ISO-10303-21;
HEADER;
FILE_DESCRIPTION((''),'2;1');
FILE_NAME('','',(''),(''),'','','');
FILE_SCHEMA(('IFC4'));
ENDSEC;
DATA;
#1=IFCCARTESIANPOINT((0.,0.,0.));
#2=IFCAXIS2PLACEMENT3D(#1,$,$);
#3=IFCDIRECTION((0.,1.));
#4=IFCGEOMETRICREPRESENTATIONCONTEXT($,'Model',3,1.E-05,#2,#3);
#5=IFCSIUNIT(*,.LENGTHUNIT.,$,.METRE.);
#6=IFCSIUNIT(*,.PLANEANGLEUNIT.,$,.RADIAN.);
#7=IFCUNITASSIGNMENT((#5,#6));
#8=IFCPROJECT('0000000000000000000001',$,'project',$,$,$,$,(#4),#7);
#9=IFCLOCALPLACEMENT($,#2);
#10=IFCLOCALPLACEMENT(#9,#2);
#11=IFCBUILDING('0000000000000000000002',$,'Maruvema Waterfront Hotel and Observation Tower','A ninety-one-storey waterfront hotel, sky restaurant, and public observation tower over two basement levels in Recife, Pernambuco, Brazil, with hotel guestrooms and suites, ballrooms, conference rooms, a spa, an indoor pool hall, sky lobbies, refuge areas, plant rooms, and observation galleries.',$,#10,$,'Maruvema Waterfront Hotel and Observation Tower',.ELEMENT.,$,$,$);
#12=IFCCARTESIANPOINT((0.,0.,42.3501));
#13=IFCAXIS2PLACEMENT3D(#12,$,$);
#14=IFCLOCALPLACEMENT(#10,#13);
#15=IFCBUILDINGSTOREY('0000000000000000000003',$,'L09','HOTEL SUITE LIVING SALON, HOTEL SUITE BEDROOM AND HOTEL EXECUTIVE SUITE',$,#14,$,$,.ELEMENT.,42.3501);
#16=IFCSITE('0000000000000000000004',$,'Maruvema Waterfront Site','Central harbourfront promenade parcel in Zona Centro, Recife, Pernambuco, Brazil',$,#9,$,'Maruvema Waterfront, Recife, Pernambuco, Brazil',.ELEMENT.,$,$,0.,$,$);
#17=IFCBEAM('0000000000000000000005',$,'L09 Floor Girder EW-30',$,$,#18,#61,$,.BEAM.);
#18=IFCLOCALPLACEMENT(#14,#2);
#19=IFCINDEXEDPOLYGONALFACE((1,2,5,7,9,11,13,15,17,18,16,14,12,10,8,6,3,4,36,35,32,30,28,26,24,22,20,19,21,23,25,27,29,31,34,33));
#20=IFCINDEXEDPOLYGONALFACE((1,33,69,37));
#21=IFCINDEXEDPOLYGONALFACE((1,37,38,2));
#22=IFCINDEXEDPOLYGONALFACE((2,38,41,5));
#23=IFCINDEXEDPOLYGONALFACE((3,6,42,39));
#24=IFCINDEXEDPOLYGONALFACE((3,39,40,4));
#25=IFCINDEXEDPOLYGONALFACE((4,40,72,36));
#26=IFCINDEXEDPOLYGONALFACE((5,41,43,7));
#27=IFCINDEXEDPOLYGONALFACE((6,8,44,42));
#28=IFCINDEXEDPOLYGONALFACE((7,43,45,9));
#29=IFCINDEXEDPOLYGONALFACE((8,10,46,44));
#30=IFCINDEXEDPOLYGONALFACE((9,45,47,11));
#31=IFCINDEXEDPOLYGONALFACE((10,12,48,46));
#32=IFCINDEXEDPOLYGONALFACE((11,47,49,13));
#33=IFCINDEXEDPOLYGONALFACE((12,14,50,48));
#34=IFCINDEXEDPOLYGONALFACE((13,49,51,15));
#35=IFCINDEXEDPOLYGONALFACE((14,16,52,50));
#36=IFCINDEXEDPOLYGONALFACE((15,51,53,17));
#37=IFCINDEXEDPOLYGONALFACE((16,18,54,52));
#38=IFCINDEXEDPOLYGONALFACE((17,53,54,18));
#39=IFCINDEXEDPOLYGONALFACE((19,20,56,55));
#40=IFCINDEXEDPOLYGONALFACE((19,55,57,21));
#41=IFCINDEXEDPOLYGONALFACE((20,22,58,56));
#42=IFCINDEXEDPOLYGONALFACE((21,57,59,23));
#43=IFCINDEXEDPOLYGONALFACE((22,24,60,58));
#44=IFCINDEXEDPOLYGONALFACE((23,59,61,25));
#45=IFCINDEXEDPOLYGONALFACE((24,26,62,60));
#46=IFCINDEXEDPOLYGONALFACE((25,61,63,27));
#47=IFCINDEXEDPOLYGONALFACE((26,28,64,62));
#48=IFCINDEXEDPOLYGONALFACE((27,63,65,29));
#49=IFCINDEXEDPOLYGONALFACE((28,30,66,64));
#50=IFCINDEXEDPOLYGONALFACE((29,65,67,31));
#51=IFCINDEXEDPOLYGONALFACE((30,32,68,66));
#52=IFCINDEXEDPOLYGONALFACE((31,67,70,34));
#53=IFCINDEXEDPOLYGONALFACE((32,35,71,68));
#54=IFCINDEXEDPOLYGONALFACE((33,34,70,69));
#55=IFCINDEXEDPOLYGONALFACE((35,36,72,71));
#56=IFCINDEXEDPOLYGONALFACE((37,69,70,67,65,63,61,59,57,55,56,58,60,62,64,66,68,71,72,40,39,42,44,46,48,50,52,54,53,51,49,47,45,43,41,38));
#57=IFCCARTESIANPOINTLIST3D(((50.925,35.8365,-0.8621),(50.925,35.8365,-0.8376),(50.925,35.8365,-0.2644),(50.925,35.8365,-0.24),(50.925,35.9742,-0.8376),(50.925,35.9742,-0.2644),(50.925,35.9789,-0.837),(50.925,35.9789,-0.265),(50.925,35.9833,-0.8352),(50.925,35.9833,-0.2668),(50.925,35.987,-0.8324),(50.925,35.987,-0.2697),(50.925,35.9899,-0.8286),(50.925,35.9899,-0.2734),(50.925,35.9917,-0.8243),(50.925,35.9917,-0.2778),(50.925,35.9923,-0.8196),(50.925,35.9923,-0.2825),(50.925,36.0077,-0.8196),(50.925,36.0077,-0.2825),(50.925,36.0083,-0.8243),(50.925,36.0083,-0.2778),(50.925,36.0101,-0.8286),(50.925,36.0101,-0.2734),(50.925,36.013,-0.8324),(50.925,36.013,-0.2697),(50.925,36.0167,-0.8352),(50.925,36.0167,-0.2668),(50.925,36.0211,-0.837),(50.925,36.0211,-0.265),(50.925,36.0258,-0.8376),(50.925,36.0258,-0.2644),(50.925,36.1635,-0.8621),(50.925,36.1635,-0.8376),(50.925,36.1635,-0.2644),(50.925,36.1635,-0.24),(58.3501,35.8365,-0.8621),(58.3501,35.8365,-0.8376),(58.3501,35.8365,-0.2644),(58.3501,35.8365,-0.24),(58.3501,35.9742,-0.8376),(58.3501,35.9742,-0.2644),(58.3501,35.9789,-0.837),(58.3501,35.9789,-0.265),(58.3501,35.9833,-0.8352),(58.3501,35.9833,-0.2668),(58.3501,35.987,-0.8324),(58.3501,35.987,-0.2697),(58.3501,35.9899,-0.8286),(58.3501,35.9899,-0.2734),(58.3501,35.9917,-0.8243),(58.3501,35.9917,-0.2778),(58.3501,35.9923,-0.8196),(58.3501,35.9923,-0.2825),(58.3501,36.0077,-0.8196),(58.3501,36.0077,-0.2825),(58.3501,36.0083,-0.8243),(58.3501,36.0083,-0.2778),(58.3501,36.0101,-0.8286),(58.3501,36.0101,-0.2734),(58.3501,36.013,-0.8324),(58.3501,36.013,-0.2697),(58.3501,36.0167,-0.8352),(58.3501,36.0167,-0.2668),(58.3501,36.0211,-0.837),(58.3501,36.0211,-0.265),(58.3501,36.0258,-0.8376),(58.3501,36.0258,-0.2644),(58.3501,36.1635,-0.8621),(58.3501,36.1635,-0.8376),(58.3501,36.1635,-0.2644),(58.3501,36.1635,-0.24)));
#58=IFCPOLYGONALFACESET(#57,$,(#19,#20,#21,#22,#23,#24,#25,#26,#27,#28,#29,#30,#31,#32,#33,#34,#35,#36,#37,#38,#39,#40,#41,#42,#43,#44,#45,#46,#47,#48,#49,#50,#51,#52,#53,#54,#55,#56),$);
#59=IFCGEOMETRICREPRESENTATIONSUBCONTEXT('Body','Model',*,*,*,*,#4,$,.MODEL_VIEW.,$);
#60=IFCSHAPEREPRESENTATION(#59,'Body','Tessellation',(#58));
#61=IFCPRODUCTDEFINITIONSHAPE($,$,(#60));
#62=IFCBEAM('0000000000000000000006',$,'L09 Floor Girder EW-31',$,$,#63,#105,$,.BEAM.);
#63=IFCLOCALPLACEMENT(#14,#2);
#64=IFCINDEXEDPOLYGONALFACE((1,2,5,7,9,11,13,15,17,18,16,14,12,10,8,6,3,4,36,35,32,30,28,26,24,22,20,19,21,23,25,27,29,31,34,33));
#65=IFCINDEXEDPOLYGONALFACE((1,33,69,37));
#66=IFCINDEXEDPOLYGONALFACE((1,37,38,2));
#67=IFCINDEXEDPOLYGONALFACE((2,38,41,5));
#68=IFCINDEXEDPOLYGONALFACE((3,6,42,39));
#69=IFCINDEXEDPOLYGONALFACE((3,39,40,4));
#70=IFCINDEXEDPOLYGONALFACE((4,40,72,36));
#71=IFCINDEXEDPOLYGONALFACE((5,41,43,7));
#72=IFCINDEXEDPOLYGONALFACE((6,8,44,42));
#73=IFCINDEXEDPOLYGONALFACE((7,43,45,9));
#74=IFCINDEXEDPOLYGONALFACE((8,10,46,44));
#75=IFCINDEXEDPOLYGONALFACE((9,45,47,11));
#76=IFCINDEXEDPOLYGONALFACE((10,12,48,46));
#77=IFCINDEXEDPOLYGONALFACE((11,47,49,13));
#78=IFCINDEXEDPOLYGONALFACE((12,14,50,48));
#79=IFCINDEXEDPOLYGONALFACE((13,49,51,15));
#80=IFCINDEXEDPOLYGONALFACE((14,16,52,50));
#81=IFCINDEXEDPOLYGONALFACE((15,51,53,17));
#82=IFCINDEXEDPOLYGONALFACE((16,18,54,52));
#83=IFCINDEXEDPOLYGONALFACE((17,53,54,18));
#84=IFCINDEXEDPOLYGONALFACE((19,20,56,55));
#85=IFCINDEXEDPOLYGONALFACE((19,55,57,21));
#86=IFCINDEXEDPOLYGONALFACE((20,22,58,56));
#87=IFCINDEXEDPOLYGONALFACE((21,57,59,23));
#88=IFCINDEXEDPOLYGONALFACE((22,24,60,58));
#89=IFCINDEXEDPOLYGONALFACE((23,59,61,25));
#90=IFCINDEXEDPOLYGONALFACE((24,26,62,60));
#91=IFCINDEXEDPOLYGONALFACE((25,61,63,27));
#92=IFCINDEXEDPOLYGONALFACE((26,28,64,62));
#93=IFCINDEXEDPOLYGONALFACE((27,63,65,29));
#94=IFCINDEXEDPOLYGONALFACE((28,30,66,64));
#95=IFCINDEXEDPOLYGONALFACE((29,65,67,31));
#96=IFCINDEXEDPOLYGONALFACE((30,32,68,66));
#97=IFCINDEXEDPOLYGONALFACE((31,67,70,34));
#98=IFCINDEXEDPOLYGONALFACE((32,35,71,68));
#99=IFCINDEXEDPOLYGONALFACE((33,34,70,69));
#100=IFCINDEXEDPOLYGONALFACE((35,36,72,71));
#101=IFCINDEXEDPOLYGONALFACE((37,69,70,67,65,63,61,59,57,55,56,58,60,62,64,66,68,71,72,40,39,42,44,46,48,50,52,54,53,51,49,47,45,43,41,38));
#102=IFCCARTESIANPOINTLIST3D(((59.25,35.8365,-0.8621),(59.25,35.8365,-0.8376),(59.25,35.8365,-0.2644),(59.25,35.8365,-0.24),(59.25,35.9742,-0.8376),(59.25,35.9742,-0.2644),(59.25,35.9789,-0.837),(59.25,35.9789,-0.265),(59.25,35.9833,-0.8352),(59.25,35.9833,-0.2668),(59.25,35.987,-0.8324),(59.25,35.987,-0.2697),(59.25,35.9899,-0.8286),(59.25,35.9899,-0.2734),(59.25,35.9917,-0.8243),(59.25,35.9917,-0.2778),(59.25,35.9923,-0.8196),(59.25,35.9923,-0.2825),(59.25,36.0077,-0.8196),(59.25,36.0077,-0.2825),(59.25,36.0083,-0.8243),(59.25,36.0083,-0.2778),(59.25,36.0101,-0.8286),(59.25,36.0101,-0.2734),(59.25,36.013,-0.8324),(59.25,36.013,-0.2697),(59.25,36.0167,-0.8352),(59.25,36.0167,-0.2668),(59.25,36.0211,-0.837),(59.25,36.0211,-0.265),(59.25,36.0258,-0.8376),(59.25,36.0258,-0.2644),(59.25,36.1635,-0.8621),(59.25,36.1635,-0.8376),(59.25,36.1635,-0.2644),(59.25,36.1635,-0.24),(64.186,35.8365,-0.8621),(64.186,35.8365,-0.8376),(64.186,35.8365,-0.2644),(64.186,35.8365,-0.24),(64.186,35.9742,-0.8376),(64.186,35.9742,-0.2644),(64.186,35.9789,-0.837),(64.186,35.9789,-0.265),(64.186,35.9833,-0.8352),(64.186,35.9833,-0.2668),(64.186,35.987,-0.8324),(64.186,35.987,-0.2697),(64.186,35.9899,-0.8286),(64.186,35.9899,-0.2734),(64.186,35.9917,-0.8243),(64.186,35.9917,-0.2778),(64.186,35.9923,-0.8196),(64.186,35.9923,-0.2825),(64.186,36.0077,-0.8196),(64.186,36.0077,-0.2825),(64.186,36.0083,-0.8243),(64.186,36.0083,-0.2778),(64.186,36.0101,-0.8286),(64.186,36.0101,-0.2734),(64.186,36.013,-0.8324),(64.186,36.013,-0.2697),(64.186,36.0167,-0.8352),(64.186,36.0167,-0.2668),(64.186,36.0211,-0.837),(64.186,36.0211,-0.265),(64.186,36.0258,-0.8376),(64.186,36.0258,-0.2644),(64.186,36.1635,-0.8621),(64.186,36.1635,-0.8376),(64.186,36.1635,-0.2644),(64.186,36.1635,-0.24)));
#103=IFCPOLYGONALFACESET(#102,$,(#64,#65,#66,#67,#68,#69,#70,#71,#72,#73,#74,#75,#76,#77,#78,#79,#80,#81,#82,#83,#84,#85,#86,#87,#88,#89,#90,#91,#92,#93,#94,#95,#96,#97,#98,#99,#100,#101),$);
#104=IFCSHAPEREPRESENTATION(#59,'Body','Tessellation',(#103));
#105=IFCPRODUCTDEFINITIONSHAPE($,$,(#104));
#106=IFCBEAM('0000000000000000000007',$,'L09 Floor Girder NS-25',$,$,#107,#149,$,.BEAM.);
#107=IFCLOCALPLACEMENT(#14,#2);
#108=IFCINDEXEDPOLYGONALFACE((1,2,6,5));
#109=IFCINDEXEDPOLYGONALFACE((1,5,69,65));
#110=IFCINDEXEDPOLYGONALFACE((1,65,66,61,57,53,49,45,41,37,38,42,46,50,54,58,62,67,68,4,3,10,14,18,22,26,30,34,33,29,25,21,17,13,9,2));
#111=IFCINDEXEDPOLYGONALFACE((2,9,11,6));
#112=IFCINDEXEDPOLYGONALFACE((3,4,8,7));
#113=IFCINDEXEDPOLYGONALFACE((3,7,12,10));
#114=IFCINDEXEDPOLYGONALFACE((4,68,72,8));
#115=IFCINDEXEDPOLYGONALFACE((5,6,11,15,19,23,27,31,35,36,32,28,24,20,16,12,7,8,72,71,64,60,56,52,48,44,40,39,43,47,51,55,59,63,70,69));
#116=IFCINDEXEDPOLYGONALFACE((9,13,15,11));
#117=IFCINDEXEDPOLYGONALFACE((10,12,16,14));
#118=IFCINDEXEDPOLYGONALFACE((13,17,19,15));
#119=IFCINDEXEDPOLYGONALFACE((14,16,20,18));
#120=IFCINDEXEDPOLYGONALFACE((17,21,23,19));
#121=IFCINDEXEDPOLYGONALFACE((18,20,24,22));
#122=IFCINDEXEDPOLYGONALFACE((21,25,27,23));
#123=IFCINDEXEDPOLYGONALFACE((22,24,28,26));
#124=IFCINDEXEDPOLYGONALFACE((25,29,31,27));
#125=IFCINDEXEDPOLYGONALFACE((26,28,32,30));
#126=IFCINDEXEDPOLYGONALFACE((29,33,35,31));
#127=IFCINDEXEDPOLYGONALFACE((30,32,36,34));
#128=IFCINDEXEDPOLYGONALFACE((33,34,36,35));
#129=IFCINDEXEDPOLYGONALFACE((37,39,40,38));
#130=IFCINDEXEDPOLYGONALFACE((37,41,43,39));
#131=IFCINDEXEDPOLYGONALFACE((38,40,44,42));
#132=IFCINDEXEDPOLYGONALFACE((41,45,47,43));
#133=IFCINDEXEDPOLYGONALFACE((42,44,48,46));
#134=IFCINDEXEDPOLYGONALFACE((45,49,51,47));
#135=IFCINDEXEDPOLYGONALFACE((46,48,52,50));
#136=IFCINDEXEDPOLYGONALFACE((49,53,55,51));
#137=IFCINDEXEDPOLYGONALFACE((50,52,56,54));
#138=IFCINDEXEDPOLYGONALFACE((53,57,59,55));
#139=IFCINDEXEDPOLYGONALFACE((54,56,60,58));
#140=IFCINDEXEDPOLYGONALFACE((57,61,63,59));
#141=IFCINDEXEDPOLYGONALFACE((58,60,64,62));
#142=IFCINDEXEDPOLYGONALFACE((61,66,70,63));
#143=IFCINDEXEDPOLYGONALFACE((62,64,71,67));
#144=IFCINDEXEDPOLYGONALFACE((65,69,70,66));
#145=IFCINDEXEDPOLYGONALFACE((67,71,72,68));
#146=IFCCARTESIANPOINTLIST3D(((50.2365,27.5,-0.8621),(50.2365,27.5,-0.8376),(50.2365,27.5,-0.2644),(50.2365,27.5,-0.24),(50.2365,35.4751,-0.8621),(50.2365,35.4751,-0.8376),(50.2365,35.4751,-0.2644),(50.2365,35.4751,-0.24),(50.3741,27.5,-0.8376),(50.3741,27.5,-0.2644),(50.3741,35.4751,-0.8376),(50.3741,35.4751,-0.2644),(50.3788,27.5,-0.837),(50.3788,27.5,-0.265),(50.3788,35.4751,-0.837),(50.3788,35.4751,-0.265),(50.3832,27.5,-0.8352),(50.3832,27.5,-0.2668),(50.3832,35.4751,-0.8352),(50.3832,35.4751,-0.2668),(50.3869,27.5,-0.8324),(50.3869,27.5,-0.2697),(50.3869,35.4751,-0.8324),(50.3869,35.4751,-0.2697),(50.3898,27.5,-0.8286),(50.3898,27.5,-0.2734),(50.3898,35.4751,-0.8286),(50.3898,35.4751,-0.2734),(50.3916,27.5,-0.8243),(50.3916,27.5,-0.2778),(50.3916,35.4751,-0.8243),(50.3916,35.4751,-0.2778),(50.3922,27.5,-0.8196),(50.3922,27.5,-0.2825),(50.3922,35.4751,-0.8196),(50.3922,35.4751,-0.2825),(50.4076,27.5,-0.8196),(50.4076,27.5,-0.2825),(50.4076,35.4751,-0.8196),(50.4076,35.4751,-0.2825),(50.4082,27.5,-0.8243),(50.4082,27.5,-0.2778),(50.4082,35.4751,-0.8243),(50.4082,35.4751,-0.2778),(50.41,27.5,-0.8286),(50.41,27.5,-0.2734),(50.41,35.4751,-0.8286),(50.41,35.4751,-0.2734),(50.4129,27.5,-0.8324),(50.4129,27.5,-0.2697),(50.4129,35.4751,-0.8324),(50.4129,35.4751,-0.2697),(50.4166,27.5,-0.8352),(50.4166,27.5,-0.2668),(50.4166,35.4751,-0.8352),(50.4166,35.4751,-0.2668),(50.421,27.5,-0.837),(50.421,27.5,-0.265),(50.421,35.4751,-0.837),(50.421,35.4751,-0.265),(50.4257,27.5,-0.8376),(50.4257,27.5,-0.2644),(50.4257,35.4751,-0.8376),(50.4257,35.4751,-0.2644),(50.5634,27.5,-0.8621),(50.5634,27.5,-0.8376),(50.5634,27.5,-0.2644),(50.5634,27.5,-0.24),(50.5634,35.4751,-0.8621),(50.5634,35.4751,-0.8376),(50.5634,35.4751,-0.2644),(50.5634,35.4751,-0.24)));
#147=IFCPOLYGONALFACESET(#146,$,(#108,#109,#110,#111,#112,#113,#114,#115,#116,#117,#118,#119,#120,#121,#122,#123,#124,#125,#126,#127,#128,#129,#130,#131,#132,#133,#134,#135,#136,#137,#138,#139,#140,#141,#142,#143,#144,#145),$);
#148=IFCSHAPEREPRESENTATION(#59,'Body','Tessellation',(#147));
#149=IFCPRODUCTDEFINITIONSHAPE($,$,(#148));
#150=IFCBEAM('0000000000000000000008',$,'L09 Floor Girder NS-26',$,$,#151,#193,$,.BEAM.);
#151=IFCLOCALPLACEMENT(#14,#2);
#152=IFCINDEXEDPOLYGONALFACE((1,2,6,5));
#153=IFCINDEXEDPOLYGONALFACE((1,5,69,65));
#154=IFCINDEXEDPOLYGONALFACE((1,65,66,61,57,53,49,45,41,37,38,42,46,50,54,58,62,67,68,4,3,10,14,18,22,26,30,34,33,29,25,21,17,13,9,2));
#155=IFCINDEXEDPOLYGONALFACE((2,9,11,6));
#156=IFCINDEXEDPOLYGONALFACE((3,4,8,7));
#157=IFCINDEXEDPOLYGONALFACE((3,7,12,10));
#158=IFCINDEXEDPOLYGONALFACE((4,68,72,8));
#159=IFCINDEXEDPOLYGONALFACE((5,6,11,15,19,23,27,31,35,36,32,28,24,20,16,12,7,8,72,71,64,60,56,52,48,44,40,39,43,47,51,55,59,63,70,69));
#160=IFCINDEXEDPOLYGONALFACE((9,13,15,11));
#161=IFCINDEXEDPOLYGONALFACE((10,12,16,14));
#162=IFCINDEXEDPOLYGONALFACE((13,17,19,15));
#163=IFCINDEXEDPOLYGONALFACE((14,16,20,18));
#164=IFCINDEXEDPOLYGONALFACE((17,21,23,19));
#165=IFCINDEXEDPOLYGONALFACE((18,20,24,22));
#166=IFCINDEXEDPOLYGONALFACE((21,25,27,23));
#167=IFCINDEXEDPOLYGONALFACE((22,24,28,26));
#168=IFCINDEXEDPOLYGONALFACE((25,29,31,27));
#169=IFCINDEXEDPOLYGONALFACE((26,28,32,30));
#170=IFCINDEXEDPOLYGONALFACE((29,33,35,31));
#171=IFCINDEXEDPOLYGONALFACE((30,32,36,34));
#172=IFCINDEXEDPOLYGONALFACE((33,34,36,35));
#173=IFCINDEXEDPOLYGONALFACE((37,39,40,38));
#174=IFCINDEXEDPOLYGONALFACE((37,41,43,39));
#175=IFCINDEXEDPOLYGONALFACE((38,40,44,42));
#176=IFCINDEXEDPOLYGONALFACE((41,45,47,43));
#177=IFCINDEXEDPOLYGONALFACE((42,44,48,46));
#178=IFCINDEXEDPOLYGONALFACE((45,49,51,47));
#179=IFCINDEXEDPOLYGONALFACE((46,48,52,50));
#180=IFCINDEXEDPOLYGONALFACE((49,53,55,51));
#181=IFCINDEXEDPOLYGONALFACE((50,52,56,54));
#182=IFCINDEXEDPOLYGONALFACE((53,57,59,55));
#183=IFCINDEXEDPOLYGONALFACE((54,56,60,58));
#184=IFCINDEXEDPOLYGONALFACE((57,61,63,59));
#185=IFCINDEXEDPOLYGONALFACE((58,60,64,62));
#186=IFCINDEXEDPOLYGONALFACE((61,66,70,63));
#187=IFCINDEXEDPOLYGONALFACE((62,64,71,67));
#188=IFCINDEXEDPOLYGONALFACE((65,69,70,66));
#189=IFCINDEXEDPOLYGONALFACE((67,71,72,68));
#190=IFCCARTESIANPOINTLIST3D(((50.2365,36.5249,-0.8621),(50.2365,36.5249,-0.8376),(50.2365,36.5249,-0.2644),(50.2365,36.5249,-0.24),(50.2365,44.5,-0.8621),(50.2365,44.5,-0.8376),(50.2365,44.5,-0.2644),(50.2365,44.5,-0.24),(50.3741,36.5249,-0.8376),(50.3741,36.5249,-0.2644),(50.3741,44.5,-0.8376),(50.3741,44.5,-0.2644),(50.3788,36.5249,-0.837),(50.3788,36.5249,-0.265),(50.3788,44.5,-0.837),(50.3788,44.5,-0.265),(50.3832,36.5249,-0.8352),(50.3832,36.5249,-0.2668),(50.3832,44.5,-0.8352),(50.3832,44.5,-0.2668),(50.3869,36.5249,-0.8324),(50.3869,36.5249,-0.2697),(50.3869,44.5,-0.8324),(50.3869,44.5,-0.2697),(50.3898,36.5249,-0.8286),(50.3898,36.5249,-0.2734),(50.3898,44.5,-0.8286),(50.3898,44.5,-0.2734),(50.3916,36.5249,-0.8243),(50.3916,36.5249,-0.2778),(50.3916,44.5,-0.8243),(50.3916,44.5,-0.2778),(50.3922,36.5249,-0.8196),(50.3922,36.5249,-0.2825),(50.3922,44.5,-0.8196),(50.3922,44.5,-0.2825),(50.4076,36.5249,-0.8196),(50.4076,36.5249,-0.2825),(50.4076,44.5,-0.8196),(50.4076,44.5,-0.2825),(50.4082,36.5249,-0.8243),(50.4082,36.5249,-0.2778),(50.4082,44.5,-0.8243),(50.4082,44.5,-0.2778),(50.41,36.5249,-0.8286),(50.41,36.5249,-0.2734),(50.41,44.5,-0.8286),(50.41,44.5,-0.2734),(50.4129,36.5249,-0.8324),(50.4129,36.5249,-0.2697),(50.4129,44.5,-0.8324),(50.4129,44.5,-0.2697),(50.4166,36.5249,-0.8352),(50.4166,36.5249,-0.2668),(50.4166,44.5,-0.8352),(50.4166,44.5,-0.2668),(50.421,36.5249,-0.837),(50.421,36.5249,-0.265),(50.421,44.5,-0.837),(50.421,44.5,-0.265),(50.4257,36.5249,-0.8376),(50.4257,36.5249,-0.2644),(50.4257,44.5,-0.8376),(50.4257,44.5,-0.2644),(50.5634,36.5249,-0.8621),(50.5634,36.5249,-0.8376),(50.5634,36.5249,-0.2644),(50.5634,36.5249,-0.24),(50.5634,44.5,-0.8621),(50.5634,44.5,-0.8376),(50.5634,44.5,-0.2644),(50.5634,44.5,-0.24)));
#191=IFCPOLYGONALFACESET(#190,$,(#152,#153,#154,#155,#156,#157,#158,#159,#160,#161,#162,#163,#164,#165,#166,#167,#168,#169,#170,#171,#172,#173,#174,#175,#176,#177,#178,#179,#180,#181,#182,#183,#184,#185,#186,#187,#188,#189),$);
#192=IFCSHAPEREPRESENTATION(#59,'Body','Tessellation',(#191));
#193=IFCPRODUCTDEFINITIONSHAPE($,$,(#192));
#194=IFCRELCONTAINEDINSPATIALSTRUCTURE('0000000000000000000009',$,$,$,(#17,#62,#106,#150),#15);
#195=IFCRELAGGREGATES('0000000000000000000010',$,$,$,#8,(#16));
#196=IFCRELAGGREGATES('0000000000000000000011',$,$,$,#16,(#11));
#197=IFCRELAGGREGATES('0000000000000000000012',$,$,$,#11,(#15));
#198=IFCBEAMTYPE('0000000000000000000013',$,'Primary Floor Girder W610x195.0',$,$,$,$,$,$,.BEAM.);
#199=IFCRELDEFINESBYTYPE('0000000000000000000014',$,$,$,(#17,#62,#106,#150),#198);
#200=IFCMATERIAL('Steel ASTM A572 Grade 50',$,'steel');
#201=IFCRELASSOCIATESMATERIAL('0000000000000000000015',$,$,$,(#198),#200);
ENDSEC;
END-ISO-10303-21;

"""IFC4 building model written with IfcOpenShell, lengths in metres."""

from ifc_helpers import new_model, si_unit, direction, frame, origin, origin_2d, place, context, subcontext, project, spatial, i_section, extrude, material, material_profile, profile_set, type_object, element, save


model = new_model("IFC4")

# Units and contexts
model_context = context("Model", 3, precision=1e-05, world=origin(), true_north=direction((0.0, 1.0)))
body_context = subcontext(model_context, "Body", "Model", "MODEL_VIEW")
ifc_project = project(units=[si_unit("LENGTHUNIT", "METRE"), si_unit("PLANEANGLEUNIT", "RADIAN")], contexts=[model_context])

# Site, building, storey
site_placement = place(None, origin())
site = spatial("IfcSite", under=ifc_project, at=site_placement, Name="Maruvema Waterfront Site", Description="Central harbourfront promenade parcel in Zona Centro, Recife, Pernambuco, Brazil", LongName="Maruvema Waterfront, Recife, Pernambuco, Brazil", CompositionType="ELEMENT", RefElevation=0.0)
building_placement = place(site_placement, origin())
building = spatial("IfcBuilding", under=site, at=building_placement, Name="Maruvema Waterfront Hotel and Observation Tower", Description="A ninety-one-storey waterfront hotel, sky restaurant, and public observation tower over two basement levels in Recife, Pernambuco, Brazil, with hotel guestrooms and suites, ballrooms, conference rooms, a spa, an indoor pool hall, sky lobbies, refuge areas, plant rooms, and observation galleries.", LongName="Maruvema Waterfront Hotel and Observation Tower", CompositionType="ELEMENT")
storey_placement = place(building_placement, frame((0.0, 0.0, 42.3501)))
storey = spatial("IfcBuildingStorey", under=building, at=storey_placement, Name="L09", Description="HOTEL SUITE LIVING SALON, HOTEL SUITE BEDROOM AND HOTEL EXECUTIVE SUITE", CompositionType="ELEMENT", Elevation=42.3501)

# Beams
ifc_material_1 = material(Name="Steel ASTM A572 Grade 50", Category="steel")
ifc_material_profile_1 = material_profile(ifc_material_1, i_section(OverallWidth=0.3269, OverallDepth=0.6221, WebThickness=0.0154, FlangeThickness=0.0244, FilletRadius=0.0181, at=origin_2d()), Name="W610x195.0")
ifc_profile_set_1 = profile_set([ifc_material_profile_1], Name="Steel ASTM A572 Grade 50")
beam_type_1 = type_object("IfcBeamType", Name="Primary Floor Girder W610x195.0", PredefinedType="BEAM", material=ifc_profile_set_1)
beam_1_placement = place(storey_placement, frame((50.925, 36.0, -0.551), z_axis=(1.0, 0.0, 0.0), x_axis=(0.0, 1.0, 0.0)))
element("IfcBeam", 1, at=beam_1_placement, inside=storey, type_object=beam_type_1, Name="L09 Floor Girder EW-30", PredefinedType="BEAM", context=body_context, shape_type="SweptSolid", body=[
    extrude(i_section(OverallWidth=0.3269, OverallDepth=0.6221, WebThickness=0.0154, FlangeThickness=0.0244, FilletRadius=0.0181, at=origin_2d()), origin(), (0.0, 0.0, 1.0), 7.425),
])
beam_2_placement = place(storey_placement, frame((59.25, 36.0, -0.551), z_axis=(1.0, 0.0, 0.0), x_axis=(0.0, 1.0, 0.0)))
element("IfcBeam", 2, at=beam_2_placement, inside=storey, type_object=beam_type_1, Name="L09 Floor Girder EW-31", PredefinedType="BEAM", context=body_context, shape_type="SweptSolid", body=[
    extrude(i_section(OverallWidth=0.3269, OverallDepth=0.6221, WebThickness=0.0154, FlangeThickness=0.0244, FilletRadius=0.0181, at=origin_2d()), origin(), (0.0, 0.0, 1.0), 4.936),
])
for number, where, z_axis, x_axis, name in (
    (3, (50.3999, 27.5, -0.551), (0.0, 1.0, 0.0), (-1.0, 0.0, 0.0), "L09 Floor Girder NS-25"),
    (4, (50.3999, 36.5249, -0.551), (0.0, 1.0, 0.0), (-1.0, 0.0, 0.0), "L09 Floor Girder NS-26"),
):
    element("IfcBeam", number, at=place(storey_placement, frame(where, z_axis=z_axis, x_axis=x_axis)), inside=storey, type_object=beam_type_1, Name=name, PredefinedType="BEAM", context=body_context, shape_type="SweptSolid", body=[
        extrude(i_section(OverallWidth=0.3269, OverallDepth=0.6221, WebThickness=0.0154, FlangeThickness=0.0244, FilletRadius=0.0181, at=origin_2d()), origin(), (0.0, 0.0, 1.0), 7.9751),
    ])

save(model, "model.ifc")
